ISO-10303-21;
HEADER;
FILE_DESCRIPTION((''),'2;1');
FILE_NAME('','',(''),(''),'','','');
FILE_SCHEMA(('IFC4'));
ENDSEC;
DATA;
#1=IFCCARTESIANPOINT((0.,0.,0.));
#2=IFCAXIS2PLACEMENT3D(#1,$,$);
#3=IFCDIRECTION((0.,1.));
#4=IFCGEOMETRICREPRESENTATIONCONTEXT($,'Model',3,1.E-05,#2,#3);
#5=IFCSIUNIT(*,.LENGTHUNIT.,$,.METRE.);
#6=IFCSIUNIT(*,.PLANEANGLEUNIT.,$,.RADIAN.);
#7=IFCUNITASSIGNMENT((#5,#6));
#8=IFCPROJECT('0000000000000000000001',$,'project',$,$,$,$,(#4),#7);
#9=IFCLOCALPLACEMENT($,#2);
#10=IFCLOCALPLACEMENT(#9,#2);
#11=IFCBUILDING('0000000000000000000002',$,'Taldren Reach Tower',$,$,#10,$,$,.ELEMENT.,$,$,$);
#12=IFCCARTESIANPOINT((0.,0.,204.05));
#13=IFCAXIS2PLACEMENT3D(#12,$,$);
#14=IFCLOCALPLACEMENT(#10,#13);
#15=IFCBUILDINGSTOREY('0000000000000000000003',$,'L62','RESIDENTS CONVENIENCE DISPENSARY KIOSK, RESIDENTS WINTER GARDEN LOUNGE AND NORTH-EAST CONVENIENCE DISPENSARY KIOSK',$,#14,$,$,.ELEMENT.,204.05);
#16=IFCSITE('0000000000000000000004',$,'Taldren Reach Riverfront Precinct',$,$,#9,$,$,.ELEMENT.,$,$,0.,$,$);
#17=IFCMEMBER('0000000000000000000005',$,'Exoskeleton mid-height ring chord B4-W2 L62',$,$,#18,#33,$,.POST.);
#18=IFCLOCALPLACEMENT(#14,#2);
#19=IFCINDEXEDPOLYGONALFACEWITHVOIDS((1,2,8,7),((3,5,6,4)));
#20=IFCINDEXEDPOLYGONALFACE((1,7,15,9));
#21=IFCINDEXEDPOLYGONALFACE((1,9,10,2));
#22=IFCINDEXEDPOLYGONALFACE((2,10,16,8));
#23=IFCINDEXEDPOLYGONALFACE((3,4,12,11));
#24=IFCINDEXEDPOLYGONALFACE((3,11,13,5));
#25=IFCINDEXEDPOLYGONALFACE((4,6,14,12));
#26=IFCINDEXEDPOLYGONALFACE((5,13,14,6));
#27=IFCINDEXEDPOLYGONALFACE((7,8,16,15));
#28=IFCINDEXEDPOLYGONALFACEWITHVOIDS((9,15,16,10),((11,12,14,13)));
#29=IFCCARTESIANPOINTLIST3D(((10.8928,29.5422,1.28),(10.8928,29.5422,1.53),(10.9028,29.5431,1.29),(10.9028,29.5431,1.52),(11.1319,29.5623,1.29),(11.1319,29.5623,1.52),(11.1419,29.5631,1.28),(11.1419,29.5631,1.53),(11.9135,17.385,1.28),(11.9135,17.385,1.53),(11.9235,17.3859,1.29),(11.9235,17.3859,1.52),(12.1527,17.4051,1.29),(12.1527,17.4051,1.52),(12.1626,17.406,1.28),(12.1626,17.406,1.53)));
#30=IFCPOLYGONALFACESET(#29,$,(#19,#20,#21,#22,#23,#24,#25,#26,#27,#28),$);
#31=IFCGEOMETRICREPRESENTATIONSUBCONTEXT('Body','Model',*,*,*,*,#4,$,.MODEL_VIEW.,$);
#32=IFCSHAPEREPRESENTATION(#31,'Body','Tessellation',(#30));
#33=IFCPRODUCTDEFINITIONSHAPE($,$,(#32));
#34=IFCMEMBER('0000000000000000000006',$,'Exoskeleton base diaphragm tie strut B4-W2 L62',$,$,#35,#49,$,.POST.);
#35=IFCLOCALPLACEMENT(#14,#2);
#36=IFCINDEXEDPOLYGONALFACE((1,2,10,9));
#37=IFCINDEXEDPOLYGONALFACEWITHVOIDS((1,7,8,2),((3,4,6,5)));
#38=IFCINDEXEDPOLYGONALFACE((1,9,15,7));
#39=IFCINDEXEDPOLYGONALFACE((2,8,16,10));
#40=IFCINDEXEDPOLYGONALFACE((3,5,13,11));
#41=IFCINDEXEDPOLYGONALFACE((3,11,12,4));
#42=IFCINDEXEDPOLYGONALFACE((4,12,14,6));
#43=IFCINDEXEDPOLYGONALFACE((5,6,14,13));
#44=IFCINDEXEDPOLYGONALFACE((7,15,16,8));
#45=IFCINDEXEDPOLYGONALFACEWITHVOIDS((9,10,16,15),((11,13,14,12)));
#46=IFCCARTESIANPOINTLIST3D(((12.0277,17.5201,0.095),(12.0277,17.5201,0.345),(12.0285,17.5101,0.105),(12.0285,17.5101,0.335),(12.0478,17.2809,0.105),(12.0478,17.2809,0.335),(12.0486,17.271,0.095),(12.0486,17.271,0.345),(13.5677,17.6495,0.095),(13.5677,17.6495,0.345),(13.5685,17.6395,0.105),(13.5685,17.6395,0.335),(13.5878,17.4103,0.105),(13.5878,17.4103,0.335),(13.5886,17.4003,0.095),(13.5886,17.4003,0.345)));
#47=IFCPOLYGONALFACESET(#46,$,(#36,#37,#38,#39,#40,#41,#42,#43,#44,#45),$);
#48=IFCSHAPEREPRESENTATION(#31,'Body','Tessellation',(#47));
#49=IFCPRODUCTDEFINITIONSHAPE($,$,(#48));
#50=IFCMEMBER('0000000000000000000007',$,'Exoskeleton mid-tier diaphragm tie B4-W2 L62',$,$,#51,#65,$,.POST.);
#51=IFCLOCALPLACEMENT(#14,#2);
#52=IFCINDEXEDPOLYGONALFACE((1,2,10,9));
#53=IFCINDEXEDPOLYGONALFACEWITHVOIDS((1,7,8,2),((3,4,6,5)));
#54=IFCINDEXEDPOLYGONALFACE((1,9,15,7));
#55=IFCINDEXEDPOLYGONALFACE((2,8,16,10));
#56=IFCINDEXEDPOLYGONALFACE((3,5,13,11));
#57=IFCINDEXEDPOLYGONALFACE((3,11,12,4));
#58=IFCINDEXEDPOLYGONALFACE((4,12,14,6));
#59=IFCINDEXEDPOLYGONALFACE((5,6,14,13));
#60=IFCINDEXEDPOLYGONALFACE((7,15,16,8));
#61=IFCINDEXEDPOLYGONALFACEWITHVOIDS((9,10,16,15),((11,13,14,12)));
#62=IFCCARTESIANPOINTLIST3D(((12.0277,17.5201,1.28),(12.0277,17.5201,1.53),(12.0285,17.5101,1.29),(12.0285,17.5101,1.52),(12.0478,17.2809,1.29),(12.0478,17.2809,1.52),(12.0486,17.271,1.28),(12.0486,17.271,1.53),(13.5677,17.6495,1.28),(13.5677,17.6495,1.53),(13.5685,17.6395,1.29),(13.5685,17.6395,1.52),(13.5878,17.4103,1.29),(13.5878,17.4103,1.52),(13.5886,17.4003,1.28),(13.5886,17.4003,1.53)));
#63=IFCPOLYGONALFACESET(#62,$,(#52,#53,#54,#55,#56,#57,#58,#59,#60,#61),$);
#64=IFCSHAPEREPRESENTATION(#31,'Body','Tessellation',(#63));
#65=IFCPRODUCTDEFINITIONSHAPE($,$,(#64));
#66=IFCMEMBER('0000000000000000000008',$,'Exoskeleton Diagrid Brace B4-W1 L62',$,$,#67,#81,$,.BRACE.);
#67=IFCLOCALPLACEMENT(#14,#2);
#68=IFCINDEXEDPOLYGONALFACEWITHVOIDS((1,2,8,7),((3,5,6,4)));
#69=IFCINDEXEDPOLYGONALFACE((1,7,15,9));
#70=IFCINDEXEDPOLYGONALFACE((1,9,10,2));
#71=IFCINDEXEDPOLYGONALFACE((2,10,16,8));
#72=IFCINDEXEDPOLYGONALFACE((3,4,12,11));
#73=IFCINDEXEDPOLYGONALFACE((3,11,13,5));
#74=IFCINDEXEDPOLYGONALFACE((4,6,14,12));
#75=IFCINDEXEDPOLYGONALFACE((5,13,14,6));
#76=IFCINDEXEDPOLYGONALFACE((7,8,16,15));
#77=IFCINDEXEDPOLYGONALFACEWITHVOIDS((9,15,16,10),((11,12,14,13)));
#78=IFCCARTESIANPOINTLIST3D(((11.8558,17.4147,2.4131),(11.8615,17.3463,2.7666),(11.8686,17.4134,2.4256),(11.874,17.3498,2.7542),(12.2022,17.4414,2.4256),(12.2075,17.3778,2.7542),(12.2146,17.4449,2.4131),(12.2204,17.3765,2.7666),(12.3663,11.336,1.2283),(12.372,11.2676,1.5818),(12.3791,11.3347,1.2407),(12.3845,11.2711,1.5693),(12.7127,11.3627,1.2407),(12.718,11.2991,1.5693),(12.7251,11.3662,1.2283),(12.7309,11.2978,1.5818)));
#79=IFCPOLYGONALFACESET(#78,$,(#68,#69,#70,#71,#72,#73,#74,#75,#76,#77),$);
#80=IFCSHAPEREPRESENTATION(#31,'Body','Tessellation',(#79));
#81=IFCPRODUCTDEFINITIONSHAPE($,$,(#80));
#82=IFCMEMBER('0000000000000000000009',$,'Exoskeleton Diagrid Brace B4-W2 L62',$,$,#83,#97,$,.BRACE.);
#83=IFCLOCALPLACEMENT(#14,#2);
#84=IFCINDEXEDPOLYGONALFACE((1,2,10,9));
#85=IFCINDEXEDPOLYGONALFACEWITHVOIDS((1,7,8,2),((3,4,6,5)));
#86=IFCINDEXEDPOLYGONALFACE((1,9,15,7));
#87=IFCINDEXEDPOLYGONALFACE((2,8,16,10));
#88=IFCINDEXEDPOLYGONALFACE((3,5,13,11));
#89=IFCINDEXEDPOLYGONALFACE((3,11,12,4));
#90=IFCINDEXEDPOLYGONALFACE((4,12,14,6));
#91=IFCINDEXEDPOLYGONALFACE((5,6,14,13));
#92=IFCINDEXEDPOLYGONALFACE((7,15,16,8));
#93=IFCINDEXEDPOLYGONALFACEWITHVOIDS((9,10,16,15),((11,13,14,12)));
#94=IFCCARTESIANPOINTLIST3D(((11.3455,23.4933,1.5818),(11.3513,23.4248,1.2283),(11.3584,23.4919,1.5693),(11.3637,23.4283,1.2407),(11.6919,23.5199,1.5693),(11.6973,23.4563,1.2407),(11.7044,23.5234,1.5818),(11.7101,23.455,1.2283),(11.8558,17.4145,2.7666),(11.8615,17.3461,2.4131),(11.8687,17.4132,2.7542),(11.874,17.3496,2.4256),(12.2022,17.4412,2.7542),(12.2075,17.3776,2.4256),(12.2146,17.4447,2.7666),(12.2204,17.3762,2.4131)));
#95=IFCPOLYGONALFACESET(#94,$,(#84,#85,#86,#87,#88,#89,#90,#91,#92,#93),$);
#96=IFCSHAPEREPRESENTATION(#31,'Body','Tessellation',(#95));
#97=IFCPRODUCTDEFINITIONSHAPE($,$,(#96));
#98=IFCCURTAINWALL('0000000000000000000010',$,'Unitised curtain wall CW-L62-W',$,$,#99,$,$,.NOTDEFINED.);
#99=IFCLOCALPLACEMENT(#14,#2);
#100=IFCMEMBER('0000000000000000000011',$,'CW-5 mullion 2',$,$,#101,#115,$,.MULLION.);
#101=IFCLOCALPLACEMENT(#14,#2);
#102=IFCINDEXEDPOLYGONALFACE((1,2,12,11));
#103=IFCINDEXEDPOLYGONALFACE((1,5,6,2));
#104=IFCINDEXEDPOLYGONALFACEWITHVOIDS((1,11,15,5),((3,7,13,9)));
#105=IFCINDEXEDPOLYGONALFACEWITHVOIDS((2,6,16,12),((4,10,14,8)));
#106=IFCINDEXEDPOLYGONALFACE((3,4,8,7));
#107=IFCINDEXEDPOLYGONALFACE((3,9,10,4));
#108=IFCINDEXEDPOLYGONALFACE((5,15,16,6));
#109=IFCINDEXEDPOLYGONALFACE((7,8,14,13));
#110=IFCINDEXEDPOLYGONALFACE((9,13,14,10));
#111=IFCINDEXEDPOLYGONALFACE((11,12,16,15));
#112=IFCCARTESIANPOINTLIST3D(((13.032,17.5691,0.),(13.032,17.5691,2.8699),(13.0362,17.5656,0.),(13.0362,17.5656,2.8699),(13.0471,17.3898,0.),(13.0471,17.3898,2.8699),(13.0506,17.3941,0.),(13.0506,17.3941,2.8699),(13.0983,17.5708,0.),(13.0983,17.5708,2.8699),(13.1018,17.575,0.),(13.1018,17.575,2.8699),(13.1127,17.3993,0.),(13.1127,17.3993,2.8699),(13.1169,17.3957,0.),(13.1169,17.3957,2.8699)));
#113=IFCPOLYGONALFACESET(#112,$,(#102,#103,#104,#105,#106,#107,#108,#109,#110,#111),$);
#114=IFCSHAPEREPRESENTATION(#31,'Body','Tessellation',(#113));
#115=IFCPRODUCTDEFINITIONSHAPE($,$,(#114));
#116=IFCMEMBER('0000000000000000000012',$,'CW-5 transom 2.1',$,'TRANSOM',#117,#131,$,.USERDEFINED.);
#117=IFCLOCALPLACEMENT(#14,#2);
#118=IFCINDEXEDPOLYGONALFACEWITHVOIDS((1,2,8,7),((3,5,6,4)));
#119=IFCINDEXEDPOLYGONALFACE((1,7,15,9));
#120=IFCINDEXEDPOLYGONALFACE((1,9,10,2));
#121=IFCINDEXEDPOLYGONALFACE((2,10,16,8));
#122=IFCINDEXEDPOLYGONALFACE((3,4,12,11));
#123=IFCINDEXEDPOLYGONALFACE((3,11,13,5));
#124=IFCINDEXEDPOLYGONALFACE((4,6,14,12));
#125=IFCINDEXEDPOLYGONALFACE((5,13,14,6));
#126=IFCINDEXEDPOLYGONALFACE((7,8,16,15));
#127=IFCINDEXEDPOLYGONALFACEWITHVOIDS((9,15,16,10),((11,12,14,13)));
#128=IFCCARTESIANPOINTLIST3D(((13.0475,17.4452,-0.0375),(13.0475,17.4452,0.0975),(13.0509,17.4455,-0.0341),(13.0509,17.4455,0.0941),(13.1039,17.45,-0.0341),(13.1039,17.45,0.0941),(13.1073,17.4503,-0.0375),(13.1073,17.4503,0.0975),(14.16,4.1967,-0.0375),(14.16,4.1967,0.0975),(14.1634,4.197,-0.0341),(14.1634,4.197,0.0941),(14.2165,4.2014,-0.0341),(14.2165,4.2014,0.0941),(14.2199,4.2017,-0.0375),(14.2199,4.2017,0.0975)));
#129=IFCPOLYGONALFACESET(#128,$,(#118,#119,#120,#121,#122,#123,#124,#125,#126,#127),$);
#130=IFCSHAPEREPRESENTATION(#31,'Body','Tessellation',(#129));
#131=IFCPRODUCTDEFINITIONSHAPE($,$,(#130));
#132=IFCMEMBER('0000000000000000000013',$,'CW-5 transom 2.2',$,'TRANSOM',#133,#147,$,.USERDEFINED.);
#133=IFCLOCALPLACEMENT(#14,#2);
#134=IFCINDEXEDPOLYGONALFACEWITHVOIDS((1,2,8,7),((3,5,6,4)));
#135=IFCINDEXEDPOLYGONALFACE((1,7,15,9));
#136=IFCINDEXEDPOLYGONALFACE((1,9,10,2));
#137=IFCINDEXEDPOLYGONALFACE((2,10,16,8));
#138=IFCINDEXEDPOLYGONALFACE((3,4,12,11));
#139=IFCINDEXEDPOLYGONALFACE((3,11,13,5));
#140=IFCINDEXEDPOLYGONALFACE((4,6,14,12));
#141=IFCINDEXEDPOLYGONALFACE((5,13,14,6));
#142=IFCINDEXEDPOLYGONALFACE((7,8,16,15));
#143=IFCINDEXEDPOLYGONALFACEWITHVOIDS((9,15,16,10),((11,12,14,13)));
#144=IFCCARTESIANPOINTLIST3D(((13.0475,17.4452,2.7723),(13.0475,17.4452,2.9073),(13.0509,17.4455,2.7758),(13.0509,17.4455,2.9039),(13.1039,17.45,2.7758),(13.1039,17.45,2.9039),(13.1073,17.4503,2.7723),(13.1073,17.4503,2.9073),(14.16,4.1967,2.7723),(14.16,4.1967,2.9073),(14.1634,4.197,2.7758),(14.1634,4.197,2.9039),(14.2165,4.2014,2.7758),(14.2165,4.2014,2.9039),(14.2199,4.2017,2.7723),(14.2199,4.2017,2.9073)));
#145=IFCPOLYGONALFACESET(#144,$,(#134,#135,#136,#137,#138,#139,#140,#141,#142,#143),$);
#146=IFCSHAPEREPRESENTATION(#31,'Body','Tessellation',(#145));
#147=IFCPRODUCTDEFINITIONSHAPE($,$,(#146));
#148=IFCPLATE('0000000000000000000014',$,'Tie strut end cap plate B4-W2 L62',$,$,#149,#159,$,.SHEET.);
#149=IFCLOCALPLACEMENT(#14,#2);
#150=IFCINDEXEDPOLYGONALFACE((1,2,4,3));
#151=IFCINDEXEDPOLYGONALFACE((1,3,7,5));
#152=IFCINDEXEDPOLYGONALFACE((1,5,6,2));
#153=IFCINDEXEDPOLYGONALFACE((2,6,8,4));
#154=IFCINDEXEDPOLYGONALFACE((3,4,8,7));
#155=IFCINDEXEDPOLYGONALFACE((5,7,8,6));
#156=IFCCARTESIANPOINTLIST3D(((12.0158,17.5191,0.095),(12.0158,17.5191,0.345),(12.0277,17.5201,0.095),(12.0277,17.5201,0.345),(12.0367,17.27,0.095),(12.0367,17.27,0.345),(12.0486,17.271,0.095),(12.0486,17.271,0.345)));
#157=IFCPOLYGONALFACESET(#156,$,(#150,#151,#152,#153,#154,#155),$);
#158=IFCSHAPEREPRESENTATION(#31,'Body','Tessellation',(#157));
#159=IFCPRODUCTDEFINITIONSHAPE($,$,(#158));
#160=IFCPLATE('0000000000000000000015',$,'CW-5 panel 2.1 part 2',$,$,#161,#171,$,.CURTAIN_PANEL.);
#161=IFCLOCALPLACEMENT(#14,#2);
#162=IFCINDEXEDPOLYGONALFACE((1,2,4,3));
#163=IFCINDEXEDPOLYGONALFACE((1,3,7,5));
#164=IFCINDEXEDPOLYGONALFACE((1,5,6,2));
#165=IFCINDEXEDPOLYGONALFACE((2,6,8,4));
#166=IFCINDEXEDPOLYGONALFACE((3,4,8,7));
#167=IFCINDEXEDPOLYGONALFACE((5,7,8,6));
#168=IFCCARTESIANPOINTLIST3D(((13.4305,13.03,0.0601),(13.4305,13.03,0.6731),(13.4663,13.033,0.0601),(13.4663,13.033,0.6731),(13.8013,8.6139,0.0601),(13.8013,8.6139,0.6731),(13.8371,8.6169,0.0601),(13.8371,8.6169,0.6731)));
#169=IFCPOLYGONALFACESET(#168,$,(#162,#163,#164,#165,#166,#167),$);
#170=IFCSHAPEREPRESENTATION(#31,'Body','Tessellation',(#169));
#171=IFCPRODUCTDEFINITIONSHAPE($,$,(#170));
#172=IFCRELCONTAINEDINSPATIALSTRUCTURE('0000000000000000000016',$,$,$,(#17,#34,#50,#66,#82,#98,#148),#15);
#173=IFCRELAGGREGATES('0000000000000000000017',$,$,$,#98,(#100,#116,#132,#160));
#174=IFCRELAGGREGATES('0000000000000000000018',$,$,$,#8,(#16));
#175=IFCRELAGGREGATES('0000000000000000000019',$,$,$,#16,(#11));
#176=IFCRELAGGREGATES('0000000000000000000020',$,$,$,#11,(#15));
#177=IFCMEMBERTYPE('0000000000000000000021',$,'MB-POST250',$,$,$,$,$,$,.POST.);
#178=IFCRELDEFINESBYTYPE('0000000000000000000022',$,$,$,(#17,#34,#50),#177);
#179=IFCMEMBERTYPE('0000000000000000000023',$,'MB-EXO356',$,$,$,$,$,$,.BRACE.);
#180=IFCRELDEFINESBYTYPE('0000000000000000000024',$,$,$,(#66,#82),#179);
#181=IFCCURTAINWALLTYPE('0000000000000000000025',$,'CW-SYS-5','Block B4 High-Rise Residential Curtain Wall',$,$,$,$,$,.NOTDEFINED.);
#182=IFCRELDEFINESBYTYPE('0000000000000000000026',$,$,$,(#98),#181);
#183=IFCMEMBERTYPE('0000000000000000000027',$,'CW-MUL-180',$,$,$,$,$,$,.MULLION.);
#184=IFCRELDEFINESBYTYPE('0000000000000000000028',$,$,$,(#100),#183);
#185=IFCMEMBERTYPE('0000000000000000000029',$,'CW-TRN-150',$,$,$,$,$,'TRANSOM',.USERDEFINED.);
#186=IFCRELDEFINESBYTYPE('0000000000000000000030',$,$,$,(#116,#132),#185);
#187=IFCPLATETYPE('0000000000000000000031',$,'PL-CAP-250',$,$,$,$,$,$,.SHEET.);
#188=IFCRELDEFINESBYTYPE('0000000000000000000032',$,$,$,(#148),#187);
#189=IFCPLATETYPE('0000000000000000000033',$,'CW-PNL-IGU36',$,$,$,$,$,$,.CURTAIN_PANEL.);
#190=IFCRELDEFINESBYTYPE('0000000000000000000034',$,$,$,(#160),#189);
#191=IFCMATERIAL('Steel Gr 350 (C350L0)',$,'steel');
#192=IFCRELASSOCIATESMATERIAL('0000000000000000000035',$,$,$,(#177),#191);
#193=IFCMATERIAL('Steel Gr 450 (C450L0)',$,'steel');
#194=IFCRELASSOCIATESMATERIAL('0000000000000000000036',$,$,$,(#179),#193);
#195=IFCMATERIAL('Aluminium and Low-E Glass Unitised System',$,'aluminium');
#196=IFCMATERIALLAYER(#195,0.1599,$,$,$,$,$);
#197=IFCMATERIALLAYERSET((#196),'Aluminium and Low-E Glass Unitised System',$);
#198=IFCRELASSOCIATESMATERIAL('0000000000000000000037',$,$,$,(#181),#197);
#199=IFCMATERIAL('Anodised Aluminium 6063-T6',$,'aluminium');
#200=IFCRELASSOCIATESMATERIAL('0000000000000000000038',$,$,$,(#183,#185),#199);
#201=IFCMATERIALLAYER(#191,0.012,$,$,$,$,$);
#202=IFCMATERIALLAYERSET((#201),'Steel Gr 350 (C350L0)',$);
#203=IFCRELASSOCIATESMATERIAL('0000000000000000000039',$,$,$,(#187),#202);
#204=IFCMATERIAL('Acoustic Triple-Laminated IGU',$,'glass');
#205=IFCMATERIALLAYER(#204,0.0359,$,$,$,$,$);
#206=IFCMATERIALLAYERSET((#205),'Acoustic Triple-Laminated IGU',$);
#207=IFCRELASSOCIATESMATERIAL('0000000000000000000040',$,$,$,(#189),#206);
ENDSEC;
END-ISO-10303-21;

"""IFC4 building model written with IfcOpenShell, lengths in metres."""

from ifc_helpers import new_model, si_unit, direction, frame, origin, origin_2d, place, context, subcontext, project, spatial, rectangle, hollow_rectangle, extrude, source, transform, mapped, material, layer, layer_set, material_profile, profile_set, type_object, element, aggregate, save


model = new_model("IFC4")

# Units and contexts
model_context = context("Model", 3, precision=1e-05, world=origin(), true_north=direction((0.0, 1.0)))
body_context = subcontext(model_context, "Body", "Model", "MODEL_VIEW")
ifc_project = project(units=[si_unit("LENGTHUNIT", "METRE"), si_unit("PLANEANGLEUNIT", "RADIAN")], contexts=[model_context])

# Site, building, storey
site_placement = place(None, origin())
site = spatial("IfcSite", under=ifc_project, at=site_placement, Name="Taldren Reach Riverfront Precinct", CompositionType="ELEMENT", RefElevation=0.0)
building_placement = place(site_placement, origin())
building = spatial("IfcBuilding", under=site, at=building_placement, Name="Taldren Reach Tower", CompositionType="ELEMENT")
storey_placement = place(building_placement, frame((0.0, 0.0, 204.05)))
storey = spatial("IfcBuildingStorey", under=building, at=storey_placement, Name="L62", Description="RESIDENTS CONVENIENCE DISPENSARY KIOSK, RESIDENTS WINTER GARDEN LOUNGE AND NORTH-EAST CONVENIENCE DISPENSARY KIOSK", CompositionType="ELEMENT", Elevation=204.05)

# Shared definitions
ifc_material_1 = material(Name="Steel Gr 450 (C450L0)", Category="steel")

# Members
ifc_material_2 = material(Name="Steel Gr 350 (C350L0)", Category="steel")
ifc_material_profile_1 = material_profile(ifc_material_2, hollow_rectangle(XDim=0.25, YDim=0.25, WallThickness=0.01, at=origin_2d()), Name="250x250x10.0SHS")
ifc_profile_set_1 = profile_set([ifc_material_profile_1], Name="Steel Gr 350 (C350L0)")
member_type_1 = type_object("IfcMemberType", Name="MB-POST250", PredefinedType="POST", material=ifc_profile_set_1)
shared_shape_1 = source(origin(), body_context, "Body", "SweptSolid", [
    extrude(hollow_rectangle(XDim=0.25, YDim=0.25, WallThickness=0.01, at=origin_2d()), origin(), (0.0, 0.0, 1.0), 12.2),
])
member_1_placement = place(storey_placement, frame((12.0381, 17.3955, 1.405), z_axis=(-0.083668, 0.996494, 0.0), x_axis=(-0.996494, -0.083668, 0.0)))
element("IfcMember", 1, at=member_1_placement, inside=storey, type_object=member_type_1, Name="Exoskeleton mid-height ring chord B4-W2 L62", PredefinedType="POST", context=body_context, shape_type="MappedRepresentation", body=[
    mapped(shared_shape_1, transform((0.0, 0.0, 0.0), scale=1.0)),
])
shared_shape_2 = source(origin(), body_context, "Body", "SweptSolid", [
    extrude(hollow_rectangle(XDim=0.25, YDim=0.25, WallThickness=0.01, at=origin_2d()), origin(), (0.0, 0.0, 1.0), 1.5454),
])
for number, where, z_axis, x_axis, name in (
    (2, (13.5781, 17.5249, 0.22), (-0.996489, -0.083725, 0.0), (0.083725, -0.996489, 0.0), "Exoskeleton base diaphragm tie strut B4-W2 L62"),
    (3, (13.5781, 17.5249, 1.405), (-0.996489, -0.083725, 0.0), (0.083725, -0.996489, 0.0), "Exoskeleton mid-tier diaphragm tie B4-W2 L62"),
):
    element("IfcMember", number, at=place(storey_placement, frame(where, z_axis=z_axis, x_axis=x_axis)), inside=storey, type_object=member_type_1, Name=name, PredefinedType="POST", context=body_context, shape_type="MappedRepresentation", body=[
        mapped(shared_shape_2, transform((0.0, 0.0, 0.0), scale=1.0)),
    ])
ifc_material_profile_2 = material_profile(ifc_material_1, hollow_rectangle(XDim=0.3601, YDim=0.3601, WallThickness=0.0127, at=origin_2d()), Name="360x360x12.7SHS")
ifc_profile_set_2 = profile_set([ifc_material_profile_2], Name="Steel Gr 450 (C450L0)")
member_type_2 = type_object("IfcMemberType", Name="MB-EXO356", PredefinedType="BRACE", material=ifc_profile_set_2)
shared_shape_3 = source(origin(), body_context, "Body", "SweptSolid", [
    extrude(hollow_rectangle(XDim=0.3601, YDim=0.3601, WallThickness=0.0127, at=origin_2d()), origin(), (0.0, 0.0, 1.0), 6.2141),
])
for number, where, z_axis, x_axis, name in (
    (4, (12.5486, 11.3169, 1.405), (-0.082153, 0.978211, 0.190668), (-0.996492, -0.083688, 0.0), "Exoskeleton Diagrid Brace B4-W1 L62"),
    (5, (11.5278, 23.4741, 1.405), (0.082114, -0.978214, 0.190669), (0.996495, 0.083648, 0.0), "Exoskeleton Diagrid Brace B4-W2 L62"),
):
    element("IfcMember", number, at=place(storey_placement, frame(where, z_axis=z_axis, x_axis=x_axis)), inside=storey, type_object=member_type_2, Name=name, PredefinedType="BRACE", context=body_context, shape_type="MappedRepresentation", body=[
        mapped(shared_shape_3, transform((0.0, 0.0, 0.0), scale=1.0)),
    ])

# Curtain wall, members
ifc_material_3 = material(Name="Aluminium and Low-E Glass Unitised System", Category="aluminium")
ifc_layer_1 = layer(ifc_material_3, 0.1599)
ifc_layer_set_1 = layer_set([ifc_layer_1], Name="Aluminium and Low-E Glass Unitised System")
curtain_wall_type = type_object("IfcCurtainWallType", Name="CW-SYS-5", Description="Block B4 High-Rise Residential Curtain Wall", PredefinedType="NOTDEFINED", material=ifc_layer_set_1)
curtain_wall_placement = place(storey_placement, origin())
curtain_wall = element("IfcCurtainWall", 6, at=curtain_wall_placement, inside=storey, type_object=curtain_wall_type, Name="Unitised curtain wall CW-L62-W", PredefinedType="NOTDEFINED")
ifc_material_4 = material(Name="Anodised Aluminium 6063-T6", Category="aluminium")
ifc_material_profile_3 = material_profile(ifc_material_4, hollow_rectangle(XDim=0.0701, YDim=0.1799, WallThickness=0.0039, at=origin_2d()), Name="ALU-180x70x4RHS")
ifc_profile_set_3 = profile_set([ifc_material_profile_3], Name="Anodised Aluminium 6063-T6")
member_type_3 = type_object("IfcMemberType", Name="CW-MUL-180", PredefinedType="MULLION", material=ifc_profile_set_3)
shared_shape_4 = source(origin(), body_context, "Body", "SweptSolid", [
    extrude(hollow_rectangle(XDim=0.0701, YDim=0.1799, WallThickness=0.0039, at=origin_2d()), origin(), (0.0, 0.0, 1.0), 2.8699),
])
member_2_placement = place(storey_placement, frame((13.0745, 17.4824, 0.0), z_axis=(0.0, 0.0, 1.0), x_axis=(0.996493, 0.083678, 0.0)))
member_2 = element("IfcMember", 7, at=member_2_placement, type_object=member_type_3, Name="CW-5 mullion 2", PredefinedType="MULLION", context=body_context, shape_type="MappedRepresentation", body=[
    mapped(shared_shape_4, transform((0.0, 0.0, 0.0), scale=1.0)),
])
ifc_material_profile_4 = material_profile(ifc_material_4, hollow_rectangle(XDim=0.0601, YDim=0.135, WallThickness=0.0034, at=origin_2d()), Name="ALU-135x60x3.5RHS")
ifc_profile_set_4 = profile_set([ifc_material_profile_4], Name="Anodised Aluminium 6063-T6")
member_type_4 = type_object("IfcMemberType", Name="CW-TRN-150", ElementType="TRANSOM", PredefinedType="USERDEFINED", material=ifc_profile_set_4)
shared_shape_5 = source(origin(), body_context, "Body", "SweptSolid", [
    extrude(hollow_rectangle(XDim=0.0601, YDim=0.135, WallThickness=0.0034, at=origin_2d()), origin(), (0.0, 0.0, 1.0), 13.2952),
])
member_3_placement = place(storey_placement, frame((13.0774, 17.4478, 0.03), z_axis=(0.083681, -0.996493, 0.0), x_axis=(0.996493, 0.083681, 0.0)))
member_3 = element("IfcMember", 8, at=member_3_placement, type_object=member_type_4, Name="CW-5 transom 2.1", ObjectType="TRANSOM", PredefinedType="USERDEFINED", context=body_context, shape_type="MappedRepresentation", body=[
    mapped(shared_shape_5, transform((0.0, 0.0, 0.0), scale=1.0)),
])
member_4_placement = place(storey_placement, frame((13.0774, 17.4478, 2.8398), z_axis=(0.083681, -0.996493, 0.0), x_axis=(0.996493, 0.083681, 0.0)))
member_4 = element("IfcMember", 9, at=member_4_placement, type_object=member_type_4, Name="CW-5 transom 2.2", ObjectType="TRANSOM", PredefinedType="USERDEFINED", context=body_context, shape_type="MappedRepresentation", body=[
    mapped(shared_shape_5, transform((0.0, 0.0, 0.0), scale=1.0)),
])

# Plates
ifc_layer_2 = layer(ifc_material_2, 0.012)
ifc_layer_set_2 = layer_set([ifc_layer_2], Name="Steel Gr 350 (C350L0)")
plate_type_1 = type_object("IfcPlateType", Name="PL-CAP-250", PredefinedType="SHEET", material=ifc_layer_set_2)
shared_shape_6 = source(origin(), body_context, "Body", "SweptSolid", [
    extrude(rectangle(XDim=0.012, YDim=0.25, at=origin_2d()), origin(), (0.0, 0.0, 1.0), 0.25),
])
plate_1_placement = place(storey_placement, frame((12.0322, 17.395, 0.095), z_axis=(0.0, 0.0, 1.0), x_axis=(0.996493, 0.083678, 0.0)))
element("IfcPlate", 10, at=plate_1_placement, inside=storey, type_object=plate_type_1, Name="Tie strut end cap plate B4-W2 L62", PredefinedType="SHEET", context=body_context, shape_type="MappedRepresentation", body=[
    mapped(shared_shape_6, transform((0.0, 0.0, 0.0), scale=1.0)),
])
ifc_material_5 = material(Name="Acoustic Triple-Laminated IGU", Category="glass")
ifc_layer_3 = layer(ifc_material_5, 0.0359)
ifc_layer_set_3 = layer_set([ifc_layer_3], Name="Acoustic Triple-Laminated IGU")
plate_type_2 = type_object("IfcPlateType", Name="CW-PNL-IGU36", PredefinedType="CURTAIN_PANEL", material=ifc_layer_set_3)
shared_shape_7 = source(origin(), body_context, "Body", "SweptSolid", [
    extrude(rectangle(XDim=4.4316, YDim=0.0359, at=origin_2d()), origin(), (0.0, 0.0, 1.0), 0.613),
])
plate_2_placement = place(storey_placement, frame((13.6338, 10.8235, 0.0601), z_axis=(0.0, 0.0, 1.0), x_axis=(0.083678, -0.996493, 0.0)))
plate_2 = element("IfcPlate", 11, at=plate_2_placement, type_object=plate_type_2, Name="CW-5 panel 2.1 part 2", PredefinedType="CURTAIN_PANEL", context=body_context, shape_type="MappedRepresentation", body=[
    mapped(shared_shape_7, transform((0.0, 0.0, 0.0), scale=1.0)),
])
aggregate(curtain_wall, [member_2, member_3, member_4, plate_2])

save(model, "model.ifc")
